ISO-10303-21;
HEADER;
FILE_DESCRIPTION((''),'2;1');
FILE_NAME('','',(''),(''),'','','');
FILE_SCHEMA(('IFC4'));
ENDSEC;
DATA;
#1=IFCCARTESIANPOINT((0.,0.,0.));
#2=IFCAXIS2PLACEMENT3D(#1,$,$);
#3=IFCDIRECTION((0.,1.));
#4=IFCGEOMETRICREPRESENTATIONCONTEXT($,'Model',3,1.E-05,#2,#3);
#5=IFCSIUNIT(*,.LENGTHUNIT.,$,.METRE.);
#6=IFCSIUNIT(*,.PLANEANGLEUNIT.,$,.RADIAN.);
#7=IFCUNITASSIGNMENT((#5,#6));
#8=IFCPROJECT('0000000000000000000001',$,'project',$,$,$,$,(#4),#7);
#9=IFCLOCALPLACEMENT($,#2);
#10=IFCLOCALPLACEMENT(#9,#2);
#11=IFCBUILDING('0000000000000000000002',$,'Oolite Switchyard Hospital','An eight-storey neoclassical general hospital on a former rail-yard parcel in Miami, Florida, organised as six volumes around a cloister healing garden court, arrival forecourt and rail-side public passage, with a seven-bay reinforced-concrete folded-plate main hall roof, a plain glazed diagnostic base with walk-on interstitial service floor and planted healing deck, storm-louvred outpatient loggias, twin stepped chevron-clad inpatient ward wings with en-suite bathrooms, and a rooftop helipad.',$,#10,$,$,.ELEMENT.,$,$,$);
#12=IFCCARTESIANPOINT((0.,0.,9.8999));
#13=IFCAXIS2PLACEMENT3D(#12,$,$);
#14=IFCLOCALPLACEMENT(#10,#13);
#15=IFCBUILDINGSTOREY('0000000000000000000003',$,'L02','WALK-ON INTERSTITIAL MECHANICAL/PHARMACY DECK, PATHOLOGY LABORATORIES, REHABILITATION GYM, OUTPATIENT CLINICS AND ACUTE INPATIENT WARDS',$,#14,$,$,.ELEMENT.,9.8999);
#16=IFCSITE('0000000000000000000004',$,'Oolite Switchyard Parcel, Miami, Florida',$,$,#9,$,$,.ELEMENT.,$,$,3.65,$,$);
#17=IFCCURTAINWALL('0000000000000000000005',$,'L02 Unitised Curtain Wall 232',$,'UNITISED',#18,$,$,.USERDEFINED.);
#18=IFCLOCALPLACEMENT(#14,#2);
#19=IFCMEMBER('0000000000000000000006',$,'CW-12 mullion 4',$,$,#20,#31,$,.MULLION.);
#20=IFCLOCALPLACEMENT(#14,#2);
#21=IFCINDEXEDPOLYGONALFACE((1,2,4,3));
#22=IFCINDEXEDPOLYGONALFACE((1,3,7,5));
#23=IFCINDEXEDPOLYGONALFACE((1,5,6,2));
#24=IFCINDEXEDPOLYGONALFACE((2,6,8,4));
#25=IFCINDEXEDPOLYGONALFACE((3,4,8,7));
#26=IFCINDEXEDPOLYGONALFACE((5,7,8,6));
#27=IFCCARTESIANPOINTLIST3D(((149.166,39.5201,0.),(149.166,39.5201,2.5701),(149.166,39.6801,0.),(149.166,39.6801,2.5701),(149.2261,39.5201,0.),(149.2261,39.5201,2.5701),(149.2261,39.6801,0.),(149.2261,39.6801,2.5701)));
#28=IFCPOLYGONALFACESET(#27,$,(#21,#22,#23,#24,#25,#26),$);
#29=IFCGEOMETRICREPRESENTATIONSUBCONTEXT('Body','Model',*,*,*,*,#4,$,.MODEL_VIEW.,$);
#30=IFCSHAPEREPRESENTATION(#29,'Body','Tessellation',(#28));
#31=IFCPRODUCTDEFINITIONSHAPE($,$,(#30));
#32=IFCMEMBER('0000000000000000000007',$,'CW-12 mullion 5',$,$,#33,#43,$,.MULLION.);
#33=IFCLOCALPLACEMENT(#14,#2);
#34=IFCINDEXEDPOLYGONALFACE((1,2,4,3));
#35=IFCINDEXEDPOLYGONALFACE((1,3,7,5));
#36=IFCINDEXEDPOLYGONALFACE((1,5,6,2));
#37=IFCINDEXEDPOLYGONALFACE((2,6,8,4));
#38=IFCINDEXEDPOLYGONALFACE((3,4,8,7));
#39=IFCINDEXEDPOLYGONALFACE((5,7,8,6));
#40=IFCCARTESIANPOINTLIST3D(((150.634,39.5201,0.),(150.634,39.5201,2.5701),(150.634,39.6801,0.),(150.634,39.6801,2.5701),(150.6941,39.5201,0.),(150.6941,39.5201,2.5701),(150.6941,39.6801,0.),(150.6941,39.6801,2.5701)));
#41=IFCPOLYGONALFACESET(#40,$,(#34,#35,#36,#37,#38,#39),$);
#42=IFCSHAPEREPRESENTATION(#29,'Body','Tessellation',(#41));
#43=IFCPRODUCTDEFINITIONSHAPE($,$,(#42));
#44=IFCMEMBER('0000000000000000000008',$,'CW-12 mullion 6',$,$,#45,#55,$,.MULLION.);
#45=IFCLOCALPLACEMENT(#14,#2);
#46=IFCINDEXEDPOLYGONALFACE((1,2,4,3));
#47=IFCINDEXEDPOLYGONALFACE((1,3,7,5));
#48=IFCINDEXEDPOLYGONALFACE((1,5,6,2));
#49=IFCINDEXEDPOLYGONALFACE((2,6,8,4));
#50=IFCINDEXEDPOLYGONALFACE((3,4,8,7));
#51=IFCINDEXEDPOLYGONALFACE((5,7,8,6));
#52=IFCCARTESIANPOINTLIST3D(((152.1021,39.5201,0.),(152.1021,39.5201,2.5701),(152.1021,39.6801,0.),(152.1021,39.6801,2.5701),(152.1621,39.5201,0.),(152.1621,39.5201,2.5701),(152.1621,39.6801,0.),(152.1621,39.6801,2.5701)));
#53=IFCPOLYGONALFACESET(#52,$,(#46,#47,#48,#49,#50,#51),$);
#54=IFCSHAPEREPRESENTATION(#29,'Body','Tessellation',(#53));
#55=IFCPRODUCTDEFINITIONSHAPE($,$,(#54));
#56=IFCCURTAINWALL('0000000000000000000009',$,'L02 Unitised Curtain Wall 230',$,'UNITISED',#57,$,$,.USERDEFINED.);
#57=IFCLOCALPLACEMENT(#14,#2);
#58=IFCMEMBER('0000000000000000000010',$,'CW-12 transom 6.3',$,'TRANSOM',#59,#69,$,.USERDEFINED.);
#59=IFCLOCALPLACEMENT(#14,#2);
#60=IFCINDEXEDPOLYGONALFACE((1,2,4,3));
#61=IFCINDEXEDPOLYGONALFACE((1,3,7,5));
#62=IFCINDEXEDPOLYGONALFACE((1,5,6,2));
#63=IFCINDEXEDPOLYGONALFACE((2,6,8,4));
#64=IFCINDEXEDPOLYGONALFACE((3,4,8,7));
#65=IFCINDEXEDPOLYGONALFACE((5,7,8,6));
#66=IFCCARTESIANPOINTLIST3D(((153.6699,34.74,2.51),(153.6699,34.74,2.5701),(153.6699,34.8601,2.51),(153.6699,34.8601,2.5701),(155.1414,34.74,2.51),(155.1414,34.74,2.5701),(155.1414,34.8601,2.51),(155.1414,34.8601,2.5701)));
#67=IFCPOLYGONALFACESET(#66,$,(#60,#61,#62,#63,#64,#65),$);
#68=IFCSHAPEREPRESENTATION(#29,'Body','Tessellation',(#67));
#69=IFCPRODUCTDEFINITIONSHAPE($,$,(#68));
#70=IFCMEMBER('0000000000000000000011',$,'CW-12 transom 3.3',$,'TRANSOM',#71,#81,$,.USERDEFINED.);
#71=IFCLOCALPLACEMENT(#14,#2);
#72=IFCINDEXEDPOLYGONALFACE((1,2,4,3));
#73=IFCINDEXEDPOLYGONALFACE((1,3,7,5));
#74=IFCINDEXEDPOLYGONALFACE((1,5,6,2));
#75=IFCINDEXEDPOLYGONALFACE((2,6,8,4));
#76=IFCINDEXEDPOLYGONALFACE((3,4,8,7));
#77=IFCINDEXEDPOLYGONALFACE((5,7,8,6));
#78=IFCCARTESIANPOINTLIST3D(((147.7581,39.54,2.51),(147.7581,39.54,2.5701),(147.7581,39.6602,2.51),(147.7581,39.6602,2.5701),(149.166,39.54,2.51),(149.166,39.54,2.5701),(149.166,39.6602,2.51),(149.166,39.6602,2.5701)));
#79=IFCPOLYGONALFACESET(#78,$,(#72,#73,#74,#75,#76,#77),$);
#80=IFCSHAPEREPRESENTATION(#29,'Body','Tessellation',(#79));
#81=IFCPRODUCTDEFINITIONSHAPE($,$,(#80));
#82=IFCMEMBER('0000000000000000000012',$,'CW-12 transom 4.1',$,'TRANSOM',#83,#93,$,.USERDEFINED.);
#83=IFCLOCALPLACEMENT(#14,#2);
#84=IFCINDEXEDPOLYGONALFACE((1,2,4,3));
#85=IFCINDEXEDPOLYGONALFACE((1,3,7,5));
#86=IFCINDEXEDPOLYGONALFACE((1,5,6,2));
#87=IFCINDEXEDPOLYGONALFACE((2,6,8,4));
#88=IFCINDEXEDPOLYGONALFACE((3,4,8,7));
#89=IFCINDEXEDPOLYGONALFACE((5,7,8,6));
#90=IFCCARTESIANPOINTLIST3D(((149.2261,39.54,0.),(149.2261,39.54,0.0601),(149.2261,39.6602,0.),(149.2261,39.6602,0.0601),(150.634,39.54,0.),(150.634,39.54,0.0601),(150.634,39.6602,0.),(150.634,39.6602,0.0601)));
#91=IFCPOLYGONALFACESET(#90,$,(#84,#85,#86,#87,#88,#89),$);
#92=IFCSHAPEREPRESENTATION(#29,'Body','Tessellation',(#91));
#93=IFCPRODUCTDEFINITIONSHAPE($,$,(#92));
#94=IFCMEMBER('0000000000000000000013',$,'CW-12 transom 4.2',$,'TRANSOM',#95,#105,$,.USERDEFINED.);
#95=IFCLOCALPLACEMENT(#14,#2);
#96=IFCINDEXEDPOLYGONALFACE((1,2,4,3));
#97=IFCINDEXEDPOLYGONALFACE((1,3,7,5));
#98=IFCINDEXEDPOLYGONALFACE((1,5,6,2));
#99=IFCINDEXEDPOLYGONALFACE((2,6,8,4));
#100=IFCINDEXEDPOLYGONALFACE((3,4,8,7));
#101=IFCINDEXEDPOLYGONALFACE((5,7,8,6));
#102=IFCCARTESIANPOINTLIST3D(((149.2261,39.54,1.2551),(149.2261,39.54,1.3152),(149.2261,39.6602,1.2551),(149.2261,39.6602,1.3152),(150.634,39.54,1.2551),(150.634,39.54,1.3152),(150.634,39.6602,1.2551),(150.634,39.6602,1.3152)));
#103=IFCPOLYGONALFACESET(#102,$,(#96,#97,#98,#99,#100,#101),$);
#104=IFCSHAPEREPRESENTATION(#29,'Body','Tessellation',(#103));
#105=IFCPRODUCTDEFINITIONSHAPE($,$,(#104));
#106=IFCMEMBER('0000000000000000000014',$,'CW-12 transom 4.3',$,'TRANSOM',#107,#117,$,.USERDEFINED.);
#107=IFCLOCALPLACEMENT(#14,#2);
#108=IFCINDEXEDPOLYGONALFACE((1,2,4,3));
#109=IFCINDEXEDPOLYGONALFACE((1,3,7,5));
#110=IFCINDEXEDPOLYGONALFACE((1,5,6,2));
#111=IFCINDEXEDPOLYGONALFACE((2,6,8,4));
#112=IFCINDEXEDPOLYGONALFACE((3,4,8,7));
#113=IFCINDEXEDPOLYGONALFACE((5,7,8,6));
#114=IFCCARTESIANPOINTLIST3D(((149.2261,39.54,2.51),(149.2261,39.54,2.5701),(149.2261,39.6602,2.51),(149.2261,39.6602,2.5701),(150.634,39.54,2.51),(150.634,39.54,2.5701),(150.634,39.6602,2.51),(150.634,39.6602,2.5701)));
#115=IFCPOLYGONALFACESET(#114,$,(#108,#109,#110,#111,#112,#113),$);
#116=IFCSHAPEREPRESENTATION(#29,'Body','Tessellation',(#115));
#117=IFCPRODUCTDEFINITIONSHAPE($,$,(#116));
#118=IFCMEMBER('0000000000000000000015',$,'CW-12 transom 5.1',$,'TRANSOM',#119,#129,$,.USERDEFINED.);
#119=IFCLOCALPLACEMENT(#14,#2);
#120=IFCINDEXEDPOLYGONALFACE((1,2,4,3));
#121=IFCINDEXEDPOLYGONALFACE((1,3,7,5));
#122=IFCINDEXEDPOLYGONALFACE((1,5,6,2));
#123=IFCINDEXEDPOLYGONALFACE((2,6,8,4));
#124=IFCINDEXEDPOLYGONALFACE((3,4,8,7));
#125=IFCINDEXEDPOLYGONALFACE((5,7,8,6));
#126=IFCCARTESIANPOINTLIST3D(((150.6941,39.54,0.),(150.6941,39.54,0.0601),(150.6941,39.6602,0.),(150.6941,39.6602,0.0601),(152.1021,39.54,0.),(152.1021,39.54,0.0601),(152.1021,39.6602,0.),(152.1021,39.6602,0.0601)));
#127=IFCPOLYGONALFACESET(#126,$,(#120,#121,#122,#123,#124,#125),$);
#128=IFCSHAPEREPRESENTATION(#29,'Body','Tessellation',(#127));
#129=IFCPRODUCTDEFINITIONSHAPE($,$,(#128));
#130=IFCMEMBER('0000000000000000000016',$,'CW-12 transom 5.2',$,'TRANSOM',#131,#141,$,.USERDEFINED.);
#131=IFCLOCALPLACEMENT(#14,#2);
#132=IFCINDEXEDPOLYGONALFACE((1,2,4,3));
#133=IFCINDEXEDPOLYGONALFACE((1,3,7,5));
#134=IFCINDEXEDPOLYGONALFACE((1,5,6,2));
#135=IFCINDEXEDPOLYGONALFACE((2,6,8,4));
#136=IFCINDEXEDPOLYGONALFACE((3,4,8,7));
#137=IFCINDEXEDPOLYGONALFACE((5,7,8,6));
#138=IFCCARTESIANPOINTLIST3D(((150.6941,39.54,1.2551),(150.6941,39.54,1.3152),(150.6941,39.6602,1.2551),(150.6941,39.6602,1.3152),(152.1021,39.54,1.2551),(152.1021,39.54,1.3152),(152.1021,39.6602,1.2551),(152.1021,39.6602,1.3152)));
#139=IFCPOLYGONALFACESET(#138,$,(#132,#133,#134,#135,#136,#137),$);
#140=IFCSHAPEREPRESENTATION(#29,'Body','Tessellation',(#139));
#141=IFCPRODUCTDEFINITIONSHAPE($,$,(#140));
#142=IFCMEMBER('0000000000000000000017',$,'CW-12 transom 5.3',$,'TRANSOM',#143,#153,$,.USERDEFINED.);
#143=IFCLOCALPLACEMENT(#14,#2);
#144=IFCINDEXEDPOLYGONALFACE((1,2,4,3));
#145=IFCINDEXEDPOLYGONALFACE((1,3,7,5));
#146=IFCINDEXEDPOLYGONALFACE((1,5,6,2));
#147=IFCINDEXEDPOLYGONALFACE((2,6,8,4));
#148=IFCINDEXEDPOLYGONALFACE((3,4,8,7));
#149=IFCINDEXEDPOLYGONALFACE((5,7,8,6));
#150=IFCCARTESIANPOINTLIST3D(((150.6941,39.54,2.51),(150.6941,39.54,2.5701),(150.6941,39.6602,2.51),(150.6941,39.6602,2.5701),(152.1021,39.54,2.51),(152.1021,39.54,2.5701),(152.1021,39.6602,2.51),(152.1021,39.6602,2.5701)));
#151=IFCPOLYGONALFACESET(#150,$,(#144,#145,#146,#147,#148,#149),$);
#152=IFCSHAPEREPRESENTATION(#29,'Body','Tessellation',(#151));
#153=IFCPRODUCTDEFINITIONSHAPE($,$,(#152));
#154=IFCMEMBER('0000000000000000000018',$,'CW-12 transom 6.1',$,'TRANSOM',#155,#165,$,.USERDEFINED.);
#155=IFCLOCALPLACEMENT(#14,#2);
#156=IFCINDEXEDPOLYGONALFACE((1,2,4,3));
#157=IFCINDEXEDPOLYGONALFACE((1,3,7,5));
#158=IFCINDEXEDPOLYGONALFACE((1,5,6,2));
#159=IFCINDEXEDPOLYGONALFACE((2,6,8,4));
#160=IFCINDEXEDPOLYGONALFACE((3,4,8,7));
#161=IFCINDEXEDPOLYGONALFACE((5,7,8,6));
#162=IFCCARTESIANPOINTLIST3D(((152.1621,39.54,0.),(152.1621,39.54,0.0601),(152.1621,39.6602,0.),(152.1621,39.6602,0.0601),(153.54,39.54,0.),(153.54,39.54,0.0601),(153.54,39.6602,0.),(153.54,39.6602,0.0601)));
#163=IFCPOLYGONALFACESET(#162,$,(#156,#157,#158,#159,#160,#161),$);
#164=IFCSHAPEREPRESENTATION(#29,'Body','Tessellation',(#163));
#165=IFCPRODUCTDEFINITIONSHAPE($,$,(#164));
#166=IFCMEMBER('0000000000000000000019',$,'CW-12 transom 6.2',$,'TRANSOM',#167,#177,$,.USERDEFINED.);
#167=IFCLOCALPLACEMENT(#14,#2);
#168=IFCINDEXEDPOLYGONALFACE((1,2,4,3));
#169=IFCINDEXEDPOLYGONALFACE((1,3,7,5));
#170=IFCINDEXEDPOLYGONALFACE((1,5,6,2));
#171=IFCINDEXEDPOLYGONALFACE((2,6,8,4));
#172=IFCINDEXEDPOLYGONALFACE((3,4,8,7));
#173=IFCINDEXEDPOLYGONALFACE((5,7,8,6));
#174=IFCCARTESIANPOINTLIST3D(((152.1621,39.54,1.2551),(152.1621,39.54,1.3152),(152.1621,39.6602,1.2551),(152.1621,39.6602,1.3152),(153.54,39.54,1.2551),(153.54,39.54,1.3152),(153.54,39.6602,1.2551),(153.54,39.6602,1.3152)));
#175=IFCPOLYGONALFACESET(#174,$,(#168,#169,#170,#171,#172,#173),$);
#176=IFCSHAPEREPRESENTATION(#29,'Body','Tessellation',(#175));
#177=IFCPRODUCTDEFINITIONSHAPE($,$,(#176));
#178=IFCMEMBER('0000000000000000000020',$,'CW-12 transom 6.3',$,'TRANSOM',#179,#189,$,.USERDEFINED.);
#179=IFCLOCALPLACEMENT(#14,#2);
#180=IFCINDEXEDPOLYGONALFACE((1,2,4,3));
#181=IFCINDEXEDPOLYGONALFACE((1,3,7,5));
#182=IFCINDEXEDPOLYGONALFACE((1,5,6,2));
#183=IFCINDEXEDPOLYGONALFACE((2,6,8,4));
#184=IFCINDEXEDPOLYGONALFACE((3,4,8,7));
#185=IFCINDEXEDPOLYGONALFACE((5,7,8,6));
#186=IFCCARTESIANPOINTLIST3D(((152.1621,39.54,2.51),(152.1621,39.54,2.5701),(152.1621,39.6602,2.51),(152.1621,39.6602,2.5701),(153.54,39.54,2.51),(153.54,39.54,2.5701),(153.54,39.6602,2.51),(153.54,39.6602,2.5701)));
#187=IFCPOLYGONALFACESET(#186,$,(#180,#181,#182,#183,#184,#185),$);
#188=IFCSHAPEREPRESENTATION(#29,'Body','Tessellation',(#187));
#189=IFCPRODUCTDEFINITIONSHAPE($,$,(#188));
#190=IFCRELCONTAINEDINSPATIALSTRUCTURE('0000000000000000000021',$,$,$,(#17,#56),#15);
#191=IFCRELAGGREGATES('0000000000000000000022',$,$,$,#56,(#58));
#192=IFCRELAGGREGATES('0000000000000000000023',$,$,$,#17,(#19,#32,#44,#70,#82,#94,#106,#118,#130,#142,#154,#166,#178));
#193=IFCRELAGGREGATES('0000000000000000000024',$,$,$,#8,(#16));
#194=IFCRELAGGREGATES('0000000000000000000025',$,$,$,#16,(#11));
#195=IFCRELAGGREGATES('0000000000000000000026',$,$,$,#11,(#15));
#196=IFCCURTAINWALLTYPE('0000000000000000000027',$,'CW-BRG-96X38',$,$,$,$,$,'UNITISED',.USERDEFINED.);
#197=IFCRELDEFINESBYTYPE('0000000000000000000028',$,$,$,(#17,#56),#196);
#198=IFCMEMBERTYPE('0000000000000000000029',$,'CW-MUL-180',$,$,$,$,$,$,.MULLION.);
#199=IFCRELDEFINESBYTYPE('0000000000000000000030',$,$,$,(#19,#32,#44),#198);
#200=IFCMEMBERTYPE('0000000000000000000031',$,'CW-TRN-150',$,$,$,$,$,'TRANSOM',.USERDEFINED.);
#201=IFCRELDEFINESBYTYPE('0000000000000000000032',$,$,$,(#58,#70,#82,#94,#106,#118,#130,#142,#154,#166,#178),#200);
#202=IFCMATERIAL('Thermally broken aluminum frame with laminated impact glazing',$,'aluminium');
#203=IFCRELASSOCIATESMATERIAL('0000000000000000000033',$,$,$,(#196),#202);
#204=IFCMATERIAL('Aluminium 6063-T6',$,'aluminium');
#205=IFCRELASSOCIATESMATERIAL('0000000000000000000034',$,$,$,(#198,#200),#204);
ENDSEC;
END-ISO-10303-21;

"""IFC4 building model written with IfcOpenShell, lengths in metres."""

from ifc_helpers import new_model, si_unit, direction, frame, origin, origin_2d, place, context, subcontext, project, spatial, rectangle, extrude, material, material_profile, profile_set, type_object, element, aggregate, save


model = new_model("IFC4")

# Units and contexts
model_context = context("Model", 3, precision=1e-05, world=origin(), true_north=direction((0.0, 1.0)))
body_context = subcontext(model_context, "Body", "Model", "MODEL_VIEW")
ifc_project = project(units=[si_unit("LENGTHUNIT", "METRE"), si_unit("PLANEANGLEUNIT", "RADIAN")], contexts=[model_context])

# Site, building, storey
site_placement = place(None, origin())
site = spatial("IfcSite", under=ifc_project, at=site_placement, Name="Oolite Switchyard Parcel, Miami, Florida", CompositionType="ELEMENT", RefElevation=3.65)
building_placement = place(site_placement, origin())
building = spatial("IfcBuilding", under=site, at=building_placement, Name="Oolite Switchyard Hospital", Description="An eight-storey neoclassical general hospital on a former rail-yard parcel in Miami, Florida, organised as six volumes around a cloister healing garden court, arrival forecourt and rail-side public passage, with a seven-bay reinforced-concrete folded-plate main hall roof, a plain glazed diagnostic base with walk-on interstitial service floor and planted healing deck, storm-louvred outpatient loggias, twin stepped chevron-clad inpatient ward wings with en-suite bathrooms, and a rooftop helipad.", CompositionType="ELEMENT")
storey_placement = place(building_placement, frame((0.0, 0.0, 9.8999)))
storey = spatial("IfcBuildingStorey", under=building, at=storey_placement, Name="L02", Description="WALK-ON INTERSTITIAL MECHANICAL/PHARMACY DECK, PATHOLOGY LABORATORIES, REHABILITATION GYM, OUTPATIENT CLINICS AND ACUTE INPATIENT WARDS", CompositionType="ELEMENT", Elevation=9.8999)

# Curtain wall, members
ifc_material_1 = material(Name="Thermally broken aluminum frame with laminated impact glazing", Category="aluminium")
curtain_wall_type = type_object("IfcCurtainWallType", Name="CW-BRG-96X38", ElementType="UNITISED", PredefinedType="USERDEFINED", material=ifc_material_1)
curtain_wall_1_placement = place(storey_placement, origin())
curtain_wall_1 = element("IfcCurtainWall", 1, at=curtain_wall_1_placement, inside=storey, type_object=curtain_wall_type, Name="L02 Unitised Curtain Wall 232", ObjectType="UNITISED", PredefinedType="USERDEFINED")
ifc_material_2 = material(Name="Aluminium 6063-T6", Category="aluminium")
ifc_material_profile_1 = material_profile(ifc_material_2, rectangle(XDim=0.1599, YDim=0.0601, at=origin_2d()), Name="CWM60X160")
ifc_profile_set_1 = profile_set([ifc_material_profile_1], Name="Aluminium 6063-T6")
member_type_1 = type_object("IfcMemberType", Name="CW-MUL-180", PredefinedType="MULLION", material=ifc_profile_set_1)
member_1_placement = place(storey_placement, frame((149.196, 39.6001, 0.0), z_axis=(0.0, 0.0, 1.0), x_axis=(0.0, 1.0, 0.0)))
member_1 = element("IfcMember", 2, at=member_1_placement, type_object=member_type_1, Name="CW-12 mullion 4", PredefinedType="MULLION", context=body_context, shape_type="SweptSolid", body=[
    extrude(rectangle(XDim=0.1599, YDim=0.0601, at=origin_2d()), origin(), (0.0, 0.0, 1.0), 2.5701),
])
member_2_placement = place(storey_placement, frame((150.6641, 39.6001, 0.0), z_axis=(0.0, 0.0, 1.0), x_axis=(0.0, 1.0, 0.0)))
member_2 = element("IfcMember", 3, at=member_2_placement, type_object=member_type_1, Name="CW-12 mullion 5", PredefinedType="MULLION", context=body_context, shape_type="SweptSolid", body=[
    extrude(rectangle(XDim=0.1599, YDim=0.0601, at=origin_2d()), origin(), (0.0, 0.0, 1.0), 2.5701),
])
member_3_placement = place(storey_placement, frame((152.1321, 39.6001, 0.0), z_axis=(0.0, 0.0, 1.0), x_axis=(0.0, 1.0, 0.0)))
member_3 = element("IfcMember", 4, at=member_3_placement, type_object=member_type_1, Name="CW-12 mullion 6", PredefinedType="MULLION", context=body_context, shape_type="SweptSolid", body=[
    extrude(rectangle(XDim=0.1599, YDim=0.0601, at=origin_2d()), origin(), (0.0, 0.0, 1.0), 2.5701),
])

# Curtain wall, member
curtain_wall_2_placement = place(storey_placement, origin())
curtain_wall_2 = element("IfcCurtainWall", 5, at=curtain_wall_2_placement, inside=storey, type_object=curtain_wall_type, Name="L02 Unitised Curtain Wall 230", ObjectType="UNITISED", PredefinedType="USERDEFINED")
ifc_material_profile_2 = material_profile(ifc_material_2, rectangle(XDim=0.1201, YDim=0.0601, at=origin_2d()), Name="CWT60X120")
ifc_profile_set_2 = profile_set([ifc_material_profile_2], Name="Aluminium 6063-T6")
member_type_2 = type_object("IfcMemberType", Name="CW-TRN-150", ElementType="TRANSOM", PredefinedType="USERDEFINED", material=ifc_profile_set_2)
member_4_placement = place(storey_placement, frame((155.1414, 34.8, 2.54), z_axis=(-1.0, 0.0, 0.0), x_axis=(0.0, -1.0, 0.0)))
member_4 = element("IfcMember", 6, at=member_4_placement, type_object=member_type_2, Name="CW-12 transom 6.3", ObjectType="TRANSOM", PredefinedType="USERDEFINED", context=body_context, shape_type="SweptSolid", body=[
    extrude(rectangle(XDim=0.1201, YDim=0.0601, at=origin_2d()), origin(), (0.0, 0.0, 1.0), 1.4714),
])
aggregate(curtain_wall_2, [member_4])

# Members
member_5_placement = place(storey_placement, frame((147.7581, 39.6001, 2.54), z_axis=(1.0, 0.0, 0.0), x_axis=(0.0, 1.0, 0.0)))
member_5 = element("IfcMember", 7, at=member_5_placement, type_object=member_type_2, Name="CW-12 transom 3.3", ObjectType="TRANSOM", PredefinedType="USERDEFINED", context=body_context, shape_type="SweptSolid", body=[
    extrude(rectangle(XDim=0.1201, YDim=0.0601, at=origin_2d()), origin(), (0.0, 0.0, 1.0), 1.408),
])
member_6_placement = place(storey_placement, frame((149.2261, 39.6001, 0.03), z_axis=(1.0, 0.0, 0.0), x_axis=(0.0, 1.0, 0.0)))
member_6 = element("IfcMember", 8, at=member_6_placement, type_object=member_type_2, Name="CW-12 transom 4.1", ObjectType="TRANSOM", PredefinedType="USERDEFINED", context=body_context, shape_type="SweptSolid", body=[
    extrude(rectangle(XDim=0.1201, YDim=0.0601, at=origin_2d()), origin(), (0.0, 0.0, 1.0), 1.408),
])
member_7_placement = place(storey_placement, frame((149.2261, 39.6001, 1.2852), z_axis=(1.0, 0.0, 0.0), x_axis=(0.0, 1.0, 0.0)))
member_7 = element("IfcMember", 9, at=member_7_placement, type_object=member_type_2, Name="CW-12 transom 4.2", ObjectType="TRANSOM", PredefinedType="USERDEFINED", context=body_context, shape_type="SweptSolid", body=[
    extrude(rectangle(XDim=0.1201, YDim=0.0601, at=origin_2d()), origin(), (0.0, 0.0, 1.0), 1.408),
])
member_8_placement = place(storey_placement, frame((149.2261, 39.6001, 2.54), z_axis=(1.0, 0.0, 0.0), x_axis=(0.0, 1.0, 0.0)))
member_8 = element("IfcMember", 10, at=member_8_placement, type_object=member_type_2, Name="CW-12 transom 4.3", ObjectType="TRANSOM", PredefinedType="USERDEFINED", context=body_context, shape_type="SweptSolid", body=[
    extrude(rectangle(XDim=0.1201, YDim=0.0601, at=origin_2d()), origin(), (0.0, 0.0, 1.0), 1.408),
])
member_9_placement = place(storey_placement, frame((150.6941, 39.6001, 0.03), z_axis=(1.0, 0.0, 0.0), x_axis=(0.0, 1.0, 0.0)))
member_9 = element("IfcMember", 11, at=member_9_placement, type_object=member_type_2, Name="CW-12 transom 5.1", ObjectType="TRANSOM", PredefinedType="USERDEFINED", context=body_context, shape_type="SweptSolid", body=[
    extrude(rectangle(XDim=0.1201, YDim=0.0601, at=origin_2d()), origin(), (0.0, 0.0, 1.0), 1.408),
])
member_10_placement = place(storey_placement, frame((150.6941, 39.6001, 1.2852), z_axis=(1.0, 0.0, 0.0), x_axis=(0.0, 1.0, 0.0)))
member_10 = element("IfcMember", 12, at=member_10_placement, type_object=member_type_2, Name="CW-12 transom 5.2", ObjectType="TRANSOM", PredefinedType="USERDEFINED", context=body_context, shape_type="SweptSolid", body=[
    extrude(rectangle(XDim=0.1201, YDim=0.0601, at=origin_2d()), origin(), (0.0, 0.0, 1.0), 1.408),
])
member_11_placement = place(storey_placement, frame((150.6941, 39.6001, 2.54), z_axis=(1.0, 0.0, 0.0), x_axis=(0.0, 1.0, 0.0)))
member_11 = element("IfcMember", 13, at=member_11_placement, type_object=member_type_2, Name="CW-12 transom 5.3", ObjectType="TRANSOM", PredefinedType="USERDEFINED", context=body_context, shape_type="SweptSolid", body=[
    extrude(rectangle(XDim=0.1201, YDim=0.0601, at=origin_2d()), origin(), (0.0, 0.0, 1.0), 1.408),
])
member_12_placement = place(storey_placement, frame((152.1621, 39.6001, 0.03), z_axis=(1.0, 0.0, 0.0), x_axis=(0.0, 1.0, 0.0)))
member_12 = element("IfcMember", 14, at=member_12_placement, type_object=member_type_2, Name="CW-12 transom 6.1", ObjectType="TRANSOM", PredefinedType="USERDEFINED", context=body_context, shape_type="SweptSolid", body=[
    extrude(rectangle(XDim=0.1201, YDim=0.0601, at=origin_2d()), origin(), (0.0, 0.0, 1.0), 1.3779),
])
member_13_placement = place(storey_placement, frame((152.1621, 39.6001, 1.2852), z_axis=(1.0, 0.0, 0.0), x_axis=(0.0, 1.0, 0.0)))
member_13 = element("IfcMember", 15, at=member_13_placement, type_object=member_type_2, Name="CW-12 transom 6.2", ObjectType="TRANSOM", PredefinedType="USERDEFINED", context=body_context, shape_type="SweptSolid", body=[
    extrude(rectangle(XDim=0.1201, YDim=0.0601, at=origin_2d()), origin(), (0.0, 0.0, 1.0), 1.3779),
])
member_14_placement = place(storey_placement, frame((152.1621, 39.6001, 2.54), z_axis=(1.0, 0.0, 0.0), x_axis=(0.0, 1.0, 0.0)))
member_14 = element("IfcMember", 16, at=member_14_placement, type_object=member_type_2, Name="CW-12 transom 6.3", ObjectType="TRANSOM", PredefinedType="USERDEFINED", context=body_context, shape_type="SweptSolid", body=[
    extrude(rectangle(XDim=0.1201, YDim=0.0601, at=origin_2d()), origin(), (0.0, 0.0, 1.0), 1.3779),
])

aggregate(curtain_wall_1, [member_1, member_2, member_3, member_5, member_6, member_7, member_8, member_9, member_10, member_11, member_12, member_13, member_14])

save(model, "model.ifc")
